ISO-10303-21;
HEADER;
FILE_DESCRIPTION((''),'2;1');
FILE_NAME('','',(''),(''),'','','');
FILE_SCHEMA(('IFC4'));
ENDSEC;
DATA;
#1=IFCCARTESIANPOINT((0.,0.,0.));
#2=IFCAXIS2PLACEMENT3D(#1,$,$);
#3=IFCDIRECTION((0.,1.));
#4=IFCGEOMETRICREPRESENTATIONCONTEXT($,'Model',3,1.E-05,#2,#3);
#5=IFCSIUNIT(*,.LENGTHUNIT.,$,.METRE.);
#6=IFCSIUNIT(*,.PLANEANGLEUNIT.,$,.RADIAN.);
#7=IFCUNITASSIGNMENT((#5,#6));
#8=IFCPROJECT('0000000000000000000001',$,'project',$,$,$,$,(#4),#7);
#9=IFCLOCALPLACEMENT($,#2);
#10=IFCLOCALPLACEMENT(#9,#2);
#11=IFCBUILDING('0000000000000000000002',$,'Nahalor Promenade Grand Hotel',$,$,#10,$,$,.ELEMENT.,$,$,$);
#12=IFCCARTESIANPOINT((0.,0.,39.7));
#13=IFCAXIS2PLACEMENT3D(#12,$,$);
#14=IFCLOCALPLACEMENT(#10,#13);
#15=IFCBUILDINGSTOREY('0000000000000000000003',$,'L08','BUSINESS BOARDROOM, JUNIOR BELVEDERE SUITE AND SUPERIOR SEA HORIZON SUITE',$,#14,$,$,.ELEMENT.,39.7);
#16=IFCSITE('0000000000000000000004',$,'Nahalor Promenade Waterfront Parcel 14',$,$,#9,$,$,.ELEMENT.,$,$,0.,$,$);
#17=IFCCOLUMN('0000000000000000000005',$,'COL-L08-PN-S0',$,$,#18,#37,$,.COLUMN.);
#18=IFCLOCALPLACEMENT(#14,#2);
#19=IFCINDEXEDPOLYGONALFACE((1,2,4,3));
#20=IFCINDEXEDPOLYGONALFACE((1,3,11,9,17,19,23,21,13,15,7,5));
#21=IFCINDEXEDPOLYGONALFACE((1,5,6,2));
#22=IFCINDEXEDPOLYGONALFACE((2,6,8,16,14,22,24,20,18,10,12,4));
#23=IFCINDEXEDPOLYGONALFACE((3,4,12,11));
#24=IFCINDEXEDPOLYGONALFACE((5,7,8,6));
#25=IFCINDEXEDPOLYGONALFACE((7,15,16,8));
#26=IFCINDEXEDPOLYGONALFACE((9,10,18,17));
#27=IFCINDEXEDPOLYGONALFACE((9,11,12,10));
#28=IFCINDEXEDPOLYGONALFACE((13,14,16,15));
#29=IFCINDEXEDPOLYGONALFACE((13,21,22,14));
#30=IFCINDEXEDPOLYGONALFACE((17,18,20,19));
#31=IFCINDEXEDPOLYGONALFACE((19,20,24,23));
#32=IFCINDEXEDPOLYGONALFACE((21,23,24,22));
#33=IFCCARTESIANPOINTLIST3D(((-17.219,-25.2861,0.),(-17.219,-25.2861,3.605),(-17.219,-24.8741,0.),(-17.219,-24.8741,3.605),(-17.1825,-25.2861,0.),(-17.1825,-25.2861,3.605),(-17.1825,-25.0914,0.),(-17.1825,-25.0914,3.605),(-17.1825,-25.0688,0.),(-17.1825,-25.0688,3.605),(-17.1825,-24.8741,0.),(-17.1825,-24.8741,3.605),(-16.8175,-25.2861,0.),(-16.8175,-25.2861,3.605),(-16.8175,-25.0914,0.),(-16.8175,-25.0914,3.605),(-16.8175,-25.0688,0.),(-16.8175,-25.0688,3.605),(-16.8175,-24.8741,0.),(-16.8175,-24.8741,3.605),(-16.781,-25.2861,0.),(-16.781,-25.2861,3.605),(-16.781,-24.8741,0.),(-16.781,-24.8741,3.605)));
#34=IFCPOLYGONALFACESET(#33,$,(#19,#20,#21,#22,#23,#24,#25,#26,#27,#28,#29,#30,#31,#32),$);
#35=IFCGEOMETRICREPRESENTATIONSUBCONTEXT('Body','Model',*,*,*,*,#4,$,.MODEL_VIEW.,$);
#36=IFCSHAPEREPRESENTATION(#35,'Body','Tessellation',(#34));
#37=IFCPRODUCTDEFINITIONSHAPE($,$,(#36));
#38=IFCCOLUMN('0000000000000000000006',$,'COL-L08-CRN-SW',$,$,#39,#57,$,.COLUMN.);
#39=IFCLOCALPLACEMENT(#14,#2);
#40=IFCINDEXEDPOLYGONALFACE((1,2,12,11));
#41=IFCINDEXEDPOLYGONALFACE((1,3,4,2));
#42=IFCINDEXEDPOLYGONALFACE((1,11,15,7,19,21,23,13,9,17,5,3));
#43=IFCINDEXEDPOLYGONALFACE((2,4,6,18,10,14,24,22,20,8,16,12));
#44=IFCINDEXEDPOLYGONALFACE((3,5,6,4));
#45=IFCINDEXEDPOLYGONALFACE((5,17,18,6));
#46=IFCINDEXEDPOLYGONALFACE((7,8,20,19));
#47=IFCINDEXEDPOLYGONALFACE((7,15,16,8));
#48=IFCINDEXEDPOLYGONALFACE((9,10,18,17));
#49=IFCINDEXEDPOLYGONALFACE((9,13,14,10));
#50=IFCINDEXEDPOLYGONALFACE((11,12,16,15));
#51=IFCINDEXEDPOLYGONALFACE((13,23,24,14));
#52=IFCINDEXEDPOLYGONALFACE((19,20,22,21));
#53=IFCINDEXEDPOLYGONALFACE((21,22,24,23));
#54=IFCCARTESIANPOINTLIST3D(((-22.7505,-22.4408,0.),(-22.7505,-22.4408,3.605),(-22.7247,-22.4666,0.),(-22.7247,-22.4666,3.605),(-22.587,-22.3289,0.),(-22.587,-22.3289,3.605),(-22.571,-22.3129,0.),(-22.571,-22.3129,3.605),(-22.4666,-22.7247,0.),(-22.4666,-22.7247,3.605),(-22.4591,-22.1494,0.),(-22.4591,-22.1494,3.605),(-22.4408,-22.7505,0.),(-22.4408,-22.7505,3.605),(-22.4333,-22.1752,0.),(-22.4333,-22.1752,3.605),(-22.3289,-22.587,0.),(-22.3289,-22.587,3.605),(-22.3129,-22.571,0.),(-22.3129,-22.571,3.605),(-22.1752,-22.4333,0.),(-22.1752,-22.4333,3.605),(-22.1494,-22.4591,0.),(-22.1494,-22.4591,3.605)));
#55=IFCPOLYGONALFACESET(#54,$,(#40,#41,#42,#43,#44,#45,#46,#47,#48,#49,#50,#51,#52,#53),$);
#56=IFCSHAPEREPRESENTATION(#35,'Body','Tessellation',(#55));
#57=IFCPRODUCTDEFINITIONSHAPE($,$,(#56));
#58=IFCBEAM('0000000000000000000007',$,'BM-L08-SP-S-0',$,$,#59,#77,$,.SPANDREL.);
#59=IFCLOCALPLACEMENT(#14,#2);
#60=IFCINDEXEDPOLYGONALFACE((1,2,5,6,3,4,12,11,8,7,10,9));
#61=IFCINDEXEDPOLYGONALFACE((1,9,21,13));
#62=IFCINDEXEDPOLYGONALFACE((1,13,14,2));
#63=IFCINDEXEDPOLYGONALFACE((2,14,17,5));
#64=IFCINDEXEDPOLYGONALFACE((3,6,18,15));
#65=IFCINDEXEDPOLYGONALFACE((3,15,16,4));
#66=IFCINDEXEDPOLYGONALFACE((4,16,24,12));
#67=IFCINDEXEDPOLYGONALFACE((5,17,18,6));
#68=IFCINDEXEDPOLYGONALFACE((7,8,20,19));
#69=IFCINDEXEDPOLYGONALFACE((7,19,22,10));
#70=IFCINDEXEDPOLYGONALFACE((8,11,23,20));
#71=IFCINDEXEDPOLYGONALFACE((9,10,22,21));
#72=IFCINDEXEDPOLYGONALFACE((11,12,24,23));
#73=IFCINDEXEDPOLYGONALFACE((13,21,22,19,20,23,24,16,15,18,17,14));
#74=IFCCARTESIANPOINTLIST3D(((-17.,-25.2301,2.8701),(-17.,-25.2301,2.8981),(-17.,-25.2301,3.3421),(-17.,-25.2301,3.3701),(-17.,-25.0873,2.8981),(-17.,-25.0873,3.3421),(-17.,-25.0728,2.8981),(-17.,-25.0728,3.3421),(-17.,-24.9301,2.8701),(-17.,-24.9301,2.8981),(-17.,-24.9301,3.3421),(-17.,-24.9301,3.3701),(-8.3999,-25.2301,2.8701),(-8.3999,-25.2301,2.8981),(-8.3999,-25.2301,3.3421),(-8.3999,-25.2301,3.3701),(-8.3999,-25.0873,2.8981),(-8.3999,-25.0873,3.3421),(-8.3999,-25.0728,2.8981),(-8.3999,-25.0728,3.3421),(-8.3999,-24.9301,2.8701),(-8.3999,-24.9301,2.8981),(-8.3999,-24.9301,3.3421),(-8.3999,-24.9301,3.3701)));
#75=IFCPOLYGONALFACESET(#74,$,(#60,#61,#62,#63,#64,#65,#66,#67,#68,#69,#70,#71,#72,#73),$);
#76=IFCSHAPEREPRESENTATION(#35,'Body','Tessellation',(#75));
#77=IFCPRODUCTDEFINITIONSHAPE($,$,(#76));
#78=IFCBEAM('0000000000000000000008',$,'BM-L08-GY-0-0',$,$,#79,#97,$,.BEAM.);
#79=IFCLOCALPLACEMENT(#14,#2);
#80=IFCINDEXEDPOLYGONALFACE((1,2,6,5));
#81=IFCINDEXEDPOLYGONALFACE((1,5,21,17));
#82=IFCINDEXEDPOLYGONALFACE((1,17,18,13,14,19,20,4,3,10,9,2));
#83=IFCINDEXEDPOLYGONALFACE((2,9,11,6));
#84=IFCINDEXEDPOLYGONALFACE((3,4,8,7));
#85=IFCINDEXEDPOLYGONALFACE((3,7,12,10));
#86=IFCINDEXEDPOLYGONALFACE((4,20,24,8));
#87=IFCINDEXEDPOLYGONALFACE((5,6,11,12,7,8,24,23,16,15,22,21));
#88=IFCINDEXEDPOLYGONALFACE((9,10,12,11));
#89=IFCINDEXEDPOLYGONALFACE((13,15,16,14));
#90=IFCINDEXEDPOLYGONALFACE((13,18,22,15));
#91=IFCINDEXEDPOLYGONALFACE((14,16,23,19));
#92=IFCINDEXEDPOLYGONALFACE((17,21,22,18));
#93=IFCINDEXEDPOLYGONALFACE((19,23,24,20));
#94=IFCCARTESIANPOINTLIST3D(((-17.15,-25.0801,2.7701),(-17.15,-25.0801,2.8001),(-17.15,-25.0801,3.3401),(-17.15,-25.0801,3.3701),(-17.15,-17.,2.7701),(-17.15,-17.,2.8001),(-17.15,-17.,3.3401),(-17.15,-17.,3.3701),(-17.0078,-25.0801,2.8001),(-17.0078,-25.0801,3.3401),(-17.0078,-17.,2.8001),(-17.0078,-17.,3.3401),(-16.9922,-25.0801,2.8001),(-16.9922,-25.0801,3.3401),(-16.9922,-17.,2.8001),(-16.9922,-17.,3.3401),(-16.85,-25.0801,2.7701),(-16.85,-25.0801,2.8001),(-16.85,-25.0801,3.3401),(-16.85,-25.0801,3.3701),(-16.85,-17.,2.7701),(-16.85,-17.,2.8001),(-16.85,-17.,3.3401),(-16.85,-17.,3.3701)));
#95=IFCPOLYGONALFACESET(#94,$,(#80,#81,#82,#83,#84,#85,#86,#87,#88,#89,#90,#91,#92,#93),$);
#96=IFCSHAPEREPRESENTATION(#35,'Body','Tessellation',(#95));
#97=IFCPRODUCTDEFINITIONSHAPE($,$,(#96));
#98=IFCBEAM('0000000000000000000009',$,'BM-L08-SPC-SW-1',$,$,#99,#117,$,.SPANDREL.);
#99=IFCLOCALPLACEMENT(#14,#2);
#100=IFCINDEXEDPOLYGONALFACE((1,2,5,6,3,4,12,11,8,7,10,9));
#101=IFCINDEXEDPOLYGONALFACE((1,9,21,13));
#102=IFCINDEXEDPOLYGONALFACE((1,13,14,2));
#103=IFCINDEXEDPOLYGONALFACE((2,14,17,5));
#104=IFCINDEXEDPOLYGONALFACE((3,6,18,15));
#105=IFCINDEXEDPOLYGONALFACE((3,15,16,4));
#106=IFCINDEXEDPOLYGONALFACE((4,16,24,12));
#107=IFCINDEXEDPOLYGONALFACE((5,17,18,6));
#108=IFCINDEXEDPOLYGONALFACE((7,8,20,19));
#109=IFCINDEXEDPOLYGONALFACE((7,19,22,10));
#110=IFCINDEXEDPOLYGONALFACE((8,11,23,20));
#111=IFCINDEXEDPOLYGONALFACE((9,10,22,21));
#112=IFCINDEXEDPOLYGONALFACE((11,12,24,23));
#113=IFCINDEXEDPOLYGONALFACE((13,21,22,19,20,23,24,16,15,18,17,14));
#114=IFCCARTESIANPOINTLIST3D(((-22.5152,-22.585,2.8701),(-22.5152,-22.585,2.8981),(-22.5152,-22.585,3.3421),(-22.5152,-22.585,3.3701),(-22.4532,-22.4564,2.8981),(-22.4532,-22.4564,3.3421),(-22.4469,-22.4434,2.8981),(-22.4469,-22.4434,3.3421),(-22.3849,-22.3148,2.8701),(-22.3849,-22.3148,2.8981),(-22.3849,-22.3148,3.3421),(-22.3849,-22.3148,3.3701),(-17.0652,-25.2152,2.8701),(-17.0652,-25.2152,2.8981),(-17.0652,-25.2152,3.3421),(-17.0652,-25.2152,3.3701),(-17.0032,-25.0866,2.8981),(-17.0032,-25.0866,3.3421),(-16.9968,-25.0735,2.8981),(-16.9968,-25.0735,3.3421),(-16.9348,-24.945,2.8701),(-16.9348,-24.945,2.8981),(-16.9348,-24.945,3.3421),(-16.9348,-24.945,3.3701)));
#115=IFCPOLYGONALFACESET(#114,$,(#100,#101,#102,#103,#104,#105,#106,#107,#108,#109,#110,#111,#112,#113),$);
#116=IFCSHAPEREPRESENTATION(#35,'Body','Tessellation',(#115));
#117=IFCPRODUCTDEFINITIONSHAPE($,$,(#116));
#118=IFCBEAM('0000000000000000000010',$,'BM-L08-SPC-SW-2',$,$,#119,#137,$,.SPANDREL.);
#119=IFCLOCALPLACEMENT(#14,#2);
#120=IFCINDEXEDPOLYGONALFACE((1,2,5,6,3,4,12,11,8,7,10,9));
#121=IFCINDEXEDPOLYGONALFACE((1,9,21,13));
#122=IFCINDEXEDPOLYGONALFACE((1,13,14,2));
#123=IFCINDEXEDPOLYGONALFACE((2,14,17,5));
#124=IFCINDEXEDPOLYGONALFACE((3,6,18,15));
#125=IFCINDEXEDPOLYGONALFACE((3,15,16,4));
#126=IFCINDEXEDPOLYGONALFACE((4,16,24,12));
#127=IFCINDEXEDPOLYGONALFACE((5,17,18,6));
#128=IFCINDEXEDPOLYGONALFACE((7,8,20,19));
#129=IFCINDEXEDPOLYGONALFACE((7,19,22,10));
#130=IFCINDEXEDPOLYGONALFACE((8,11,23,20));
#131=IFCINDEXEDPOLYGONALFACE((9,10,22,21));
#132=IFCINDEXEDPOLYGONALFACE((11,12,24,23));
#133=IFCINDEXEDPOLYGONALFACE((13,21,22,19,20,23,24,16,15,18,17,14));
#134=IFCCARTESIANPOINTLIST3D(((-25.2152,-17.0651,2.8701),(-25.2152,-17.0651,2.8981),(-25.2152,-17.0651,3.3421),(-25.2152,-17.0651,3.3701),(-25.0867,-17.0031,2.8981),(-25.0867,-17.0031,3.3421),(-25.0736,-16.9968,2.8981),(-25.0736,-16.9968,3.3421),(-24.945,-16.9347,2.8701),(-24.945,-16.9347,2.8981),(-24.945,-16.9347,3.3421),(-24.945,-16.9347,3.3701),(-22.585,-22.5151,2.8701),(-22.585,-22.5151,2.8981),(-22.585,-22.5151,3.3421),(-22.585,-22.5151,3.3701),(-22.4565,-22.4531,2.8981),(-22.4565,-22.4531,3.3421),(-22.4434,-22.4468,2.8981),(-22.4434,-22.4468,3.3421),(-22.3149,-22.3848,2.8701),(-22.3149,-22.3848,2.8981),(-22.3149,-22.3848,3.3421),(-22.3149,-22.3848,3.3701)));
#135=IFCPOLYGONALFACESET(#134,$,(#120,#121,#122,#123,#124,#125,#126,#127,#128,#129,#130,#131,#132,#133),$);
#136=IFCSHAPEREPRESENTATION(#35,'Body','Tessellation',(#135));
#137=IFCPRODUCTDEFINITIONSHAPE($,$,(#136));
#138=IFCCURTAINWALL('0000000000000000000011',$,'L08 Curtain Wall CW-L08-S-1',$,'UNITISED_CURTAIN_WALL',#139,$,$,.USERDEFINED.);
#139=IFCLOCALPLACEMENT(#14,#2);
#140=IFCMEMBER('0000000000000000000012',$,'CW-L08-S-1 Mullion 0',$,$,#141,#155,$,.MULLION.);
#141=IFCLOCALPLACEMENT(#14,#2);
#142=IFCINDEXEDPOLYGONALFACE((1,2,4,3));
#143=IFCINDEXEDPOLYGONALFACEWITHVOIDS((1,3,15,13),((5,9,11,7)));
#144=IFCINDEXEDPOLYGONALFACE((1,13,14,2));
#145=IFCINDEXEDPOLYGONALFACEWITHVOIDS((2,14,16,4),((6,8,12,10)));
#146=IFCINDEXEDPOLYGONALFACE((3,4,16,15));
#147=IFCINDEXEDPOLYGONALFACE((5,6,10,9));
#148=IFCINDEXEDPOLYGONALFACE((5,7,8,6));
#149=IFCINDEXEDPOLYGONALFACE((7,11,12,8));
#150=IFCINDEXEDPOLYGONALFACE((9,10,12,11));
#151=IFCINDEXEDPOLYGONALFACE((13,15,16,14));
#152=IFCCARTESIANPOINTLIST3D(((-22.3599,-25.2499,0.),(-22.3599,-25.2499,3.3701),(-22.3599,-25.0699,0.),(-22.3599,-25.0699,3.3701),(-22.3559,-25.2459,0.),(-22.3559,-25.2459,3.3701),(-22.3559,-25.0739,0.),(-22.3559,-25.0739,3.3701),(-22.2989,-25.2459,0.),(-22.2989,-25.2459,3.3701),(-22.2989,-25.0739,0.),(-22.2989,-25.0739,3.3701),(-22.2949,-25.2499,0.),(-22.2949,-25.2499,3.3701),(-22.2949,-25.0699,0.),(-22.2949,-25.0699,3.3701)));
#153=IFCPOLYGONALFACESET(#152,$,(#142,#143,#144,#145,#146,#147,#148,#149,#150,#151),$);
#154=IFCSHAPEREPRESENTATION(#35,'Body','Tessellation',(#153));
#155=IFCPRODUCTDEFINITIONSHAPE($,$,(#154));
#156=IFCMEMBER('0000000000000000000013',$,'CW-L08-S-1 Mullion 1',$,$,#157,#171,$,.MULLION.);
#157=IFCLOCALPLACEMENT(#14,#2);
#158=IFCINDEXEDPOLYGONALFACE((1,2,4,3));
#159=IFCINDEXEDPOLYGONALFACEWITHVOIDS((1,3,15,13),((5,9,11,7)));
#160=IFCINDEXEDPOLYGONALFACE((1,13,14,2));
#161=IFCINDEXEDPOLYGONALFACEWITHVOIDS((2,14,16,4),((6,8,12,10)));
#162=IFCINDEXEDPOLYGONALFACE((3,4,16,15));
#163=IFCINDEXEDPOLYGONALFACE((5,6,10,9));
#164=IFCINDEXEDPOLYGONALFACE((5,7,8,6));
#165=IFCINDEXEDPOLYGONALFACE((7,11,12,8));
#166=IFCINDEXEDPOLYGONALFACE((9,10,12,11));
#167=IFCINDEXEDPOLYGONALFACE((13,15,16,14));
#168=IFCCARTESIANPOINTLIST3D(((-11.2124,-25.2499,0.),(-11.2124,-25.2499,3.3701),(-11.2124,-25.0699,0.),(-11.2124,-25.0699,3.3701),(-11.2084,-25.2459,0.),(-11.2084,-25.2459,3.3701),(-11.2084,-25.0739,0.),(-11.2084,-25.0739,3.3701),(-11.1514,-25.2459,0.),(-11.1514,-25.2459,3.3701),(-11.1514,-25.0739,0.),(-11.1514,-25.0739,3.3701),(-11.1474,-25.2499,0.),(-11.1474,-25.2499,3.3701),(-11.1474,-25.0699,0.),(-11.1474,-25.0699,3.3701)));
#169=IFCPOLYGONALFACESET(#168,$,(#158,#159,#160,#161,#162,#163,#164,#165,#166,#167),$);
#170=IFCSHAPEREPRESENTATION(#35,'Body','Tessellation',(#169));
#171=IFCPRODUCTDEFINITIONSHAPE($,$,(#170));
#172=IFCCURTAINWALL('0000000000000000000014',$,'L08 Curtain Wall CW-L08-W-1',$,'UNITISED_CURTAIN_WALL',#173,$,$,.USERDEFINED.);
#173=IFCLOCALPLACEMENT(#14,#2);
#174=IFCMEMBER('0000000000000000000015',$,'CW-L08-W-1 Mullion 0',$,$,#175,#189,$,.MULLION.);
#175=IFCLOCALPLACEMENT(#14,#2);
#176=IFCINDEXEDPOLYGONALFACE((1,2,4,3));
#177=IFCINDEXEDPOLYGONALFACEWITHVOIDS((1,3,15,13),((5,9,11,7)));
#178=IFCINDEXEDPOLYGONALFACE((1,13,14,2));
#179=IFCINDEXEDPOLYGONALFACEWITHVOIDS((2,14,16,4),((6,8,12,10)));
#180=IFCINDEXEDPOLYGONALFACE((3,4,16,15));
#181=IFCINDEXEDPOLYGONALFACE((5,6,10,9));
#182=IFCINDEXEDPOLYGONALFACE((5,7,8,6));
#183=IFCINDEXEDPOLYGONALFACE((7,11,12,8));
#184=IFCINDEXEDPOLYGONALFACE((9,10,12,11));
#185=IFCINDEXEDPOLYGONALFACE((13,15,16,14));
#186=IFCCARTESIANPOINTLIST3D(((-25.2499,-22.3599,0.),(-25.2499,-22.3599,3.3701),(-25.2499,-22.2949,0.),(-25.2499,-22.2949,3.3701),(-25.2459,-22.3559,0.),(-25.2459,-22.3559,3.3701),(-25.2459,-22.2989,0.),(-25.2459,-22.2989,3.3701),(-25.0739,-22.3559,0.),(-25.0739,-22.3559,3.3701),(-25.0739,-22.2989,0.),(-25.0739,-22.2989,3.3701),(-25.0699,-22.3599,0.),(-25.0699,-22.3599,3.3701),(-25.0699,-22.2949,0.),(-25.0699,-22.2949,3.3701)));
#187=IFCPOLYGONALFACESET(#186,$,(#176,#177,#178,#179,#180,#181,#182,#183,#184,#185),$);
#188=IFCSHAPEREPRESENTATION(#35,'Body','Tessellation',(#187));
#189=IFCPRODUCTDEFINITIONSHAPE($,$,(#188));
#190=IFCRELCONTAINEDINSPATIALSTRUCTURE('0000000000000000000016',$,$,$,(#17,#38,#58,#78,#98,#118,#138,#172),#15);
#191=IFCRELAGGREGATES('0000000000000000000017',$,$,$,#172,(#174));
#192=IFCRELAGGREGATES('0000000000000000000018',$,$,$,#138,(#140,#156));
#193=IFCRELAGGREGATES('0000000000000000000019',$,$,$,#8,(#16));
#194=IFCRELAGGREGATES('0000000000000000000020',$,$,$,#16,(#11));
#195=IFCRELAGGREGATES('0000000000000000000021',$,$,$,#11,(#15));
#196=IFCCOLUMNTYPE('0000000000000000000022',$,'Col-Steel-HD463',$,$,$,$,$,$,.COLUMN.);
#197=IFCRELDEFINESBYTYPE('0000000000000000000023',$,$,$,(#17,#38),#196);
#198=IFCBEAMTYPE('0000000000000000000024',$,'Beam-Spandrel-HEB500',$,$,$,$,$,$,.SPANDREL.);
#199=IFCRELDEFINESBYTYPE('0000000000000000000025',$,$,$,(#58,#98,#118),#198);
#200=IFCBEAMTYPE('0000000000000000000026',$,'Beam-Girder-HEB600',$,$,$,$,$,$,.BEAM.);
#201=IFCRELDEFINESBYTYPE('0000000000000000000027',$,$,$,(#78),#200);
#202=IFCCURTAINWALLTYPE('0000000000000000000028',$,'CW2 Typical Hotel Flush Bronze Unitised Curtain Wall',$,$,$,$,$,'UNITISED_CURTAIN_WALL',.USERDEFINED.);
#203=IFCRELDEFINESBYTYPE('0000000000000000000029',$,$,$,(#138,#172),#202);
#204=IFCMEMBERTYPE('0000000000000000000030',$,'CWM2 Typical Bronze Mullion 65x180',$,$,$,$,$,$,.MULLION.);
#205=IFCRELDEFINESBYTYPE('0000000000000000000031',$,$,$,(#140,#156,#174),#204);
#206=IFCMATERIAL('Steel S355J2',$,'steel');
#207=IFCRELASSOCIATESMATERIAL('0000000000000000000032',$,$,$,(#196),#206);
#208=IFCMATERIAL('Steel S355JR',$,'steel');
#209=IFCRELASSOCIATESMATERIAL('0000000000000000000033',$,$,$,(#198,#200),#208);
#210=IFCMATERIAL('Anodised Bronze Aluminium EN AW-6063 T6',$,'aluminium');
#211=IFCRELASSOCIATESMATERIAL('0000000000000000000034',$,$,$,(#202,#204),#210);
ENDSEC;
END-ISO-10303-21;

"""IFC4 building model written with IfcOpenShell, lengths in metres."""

from ifc_helpers import new_model, si_unit, direction, frame, origin, origin_2d, place, context, subcontext, project, spatial, hollow_rectangle, i_section, extrude, source, transform, mapped, material, material_profile, profile_set, type_object, element, aggregate, save


model = new_model("IFC4")

# Units and contexts
model_context = context("Model", 3, precision=1e-05, world=origin(), true_north=direction((0.0, 1.0)))
body_context = subcontext(model_context, "Body", "Model", "MODEL_VIEW")
ifc_project = project(units=[si_unit("LENGTHUNIT", "METRE"), si_unit("PLANEANGLEUNIT", "RADIAN")], contexts=[model_context])

# Site, building, storey
site_placement = place(None, origin())
site = spatial("IfcSite", under=ifc_project, at=site_placement, Name="Nahalor Promenade Waterfront Parcel 14", CompositionType="ELEMENT", RefElevation=0.0)
building_placement = place(site_placement, origin())
building = spatial("IfcBuilding", under=site, at=building_placement, Name="Nahalor Promenade Grand Hotel", CompositionType="ELEMENT")
storey_placement = place(building_placement, frame((0.0, 0.0, 39.7)))
storey = spatial("IfcBuildingStorey", under=building, at=storey_placement, Name="L08", Description="BUSINESS BOARDROOM, JUNIOR BELVEDERE SUITE AND SUPERIOR SEA HORIZON SUITE", CompositionType="ELEMENT", Elevation=39.7)

# Columns
ifc_material_1 = material(Name="Steel S355J2", Category="steel")
ifc_material_profile_1 = material_profile(ifc_material_1, i_section(OverallWidth=0.412, OverallDepth=0.438, WebThickness=0.0226, FlangeThickness=0.0365, at=origin_2d()), Name="HD 400x463")
ifc_profile_set_1 = profile_set([ifc_material_profile_1], Name="Steel S355J2")
column_type = type_object("IfcColumnType", Name="Col-Steel-HD463", PredefinedType="COLUMN", material=ifc_profile_set_1)
shared_shape_1 = source(origin(), body_context, "Body", "SweptSolid", [
    extrude(i_section(OverallWidth=0.412, OverallDepth=0.438, WebThickness=0.0226, FlangeThickness=0.0365, at=origin_2d()), origin(), (0.0, 0.0, 1.0), 3.605),
])
for number, where, z_axis, x_axis, name in (
    (1, (-17.0, -25.0801, 0.0), (0.0, 0.0, 1.0), (0.0, 1.0, 0.0), "COL-L08-PN-S0"),
    (2, (-22.45, -22.45, 0.0), (0.0, 0.0, 1.0), (0.707107, 0.707107, 0.0), "COL-L08-CRN-SW"),
):
    element("IfcColumn", number, at=place(storey_placement, frame(where, z_axis=z_axis, x_axis=x_axis)), inside=storey, type_object=column_type, Name=name, PredefinedType="COLUMN", context=body_context, shape_type="MappedRepresentation", body=[
        mapped(shared_shape_1, transform((0.0, 0.0, 0.0), scale=1.0)),
    ])

# Beams
ifc_material_2 = material(Name="Steel S355JR", Category="steel")
ifc_material_profile_2 = material_profile(ifc_material_2, i_section(OverallWidth=0.3, OverallDepth=0.5, WebThickness=0.0145, FlangeThickness=0.028, at=origin_2d()), Name="HEB 500")
ifc_profile_set_2 = profile_set([ifc_material_profile_2], Name="Steel S355JR")
beam_type_1 = type_object("IfcBeamType", Name="Beam-Spandrel-HEB500", PredefinedType="SPANDREL", material=ifc_profile_set_2)
shared_shape_2 = source(origin(), body_context, "Body", "SweptSolid", [
    extrude(i_section(OverallWidth=0.3, OverallDepth=0.5, WebThickness=0.0145, FlangeThickness=0.028, at=origin_2d()), origin(), (0.0, 0.0, 1.0), 8.6001),
])
beam_1_placement = place(storey_placement, frame((-17.0, -25.0801, 3.1201), z_axis=(1.0, 0.0, 0.0), x_axis=(0.0, 1.0, 0.0)))
element("IfcBeam", 3, at=beam_1_placement, inside=storey, type_object=beam_type_1, Name="BM-L08-SP-S-0", PredefinedType="SPANDREL", context=body_context, shape_type="MappedRepresentation", body=[
    mapped(shared_shape_2, transform((0.0, 0.0, 0.0), scale=1.0)),
])
ifc_material_profile_3 = material_profile(ifc_material_2, i_section(OverallWidth=0.3, OverallDepth=0.6, WebThickness=0.0155, FlangeThickness=0.03, at=origin_2d()), Name="HEB 600")
ifc_profile_set_3 = profile_set([ifc_material_profile_3], Name="Steel S355JR")
beam_type_2 = type_object("IfcBeamType", Name="Beam-Girder-HEB600", PredefinedType="BEAM", material=ifc_profile_set_3)
shared_shape_3 = source(origin(), body_context, "Body", "SweptSolid", [
    extrude(i_section(OverallWidth=0.3, OverallDepth=0.6, WebThickness=0.0155, FlangeThickness=0.03, at=origin_2d()), origin(), (0.0, 0.0, 1.0), 8.0801),
])
beam_2_placement = place(storey_placement, frame((-17.0, -25.0801, 3.0701), z_axis=(0.0, 1.0, 0.0), x_axis=(-1.0, 0.0, 0.0)))
element("IfcBeam", 4, at=beam_2_placement, inside=storey, type_object=beam_type_2, Name="BM-L08-GY-0-0", PredefinedType="BEAM", context=body_context, shape_type="MappedRepresentation", body=[
    mapped(shared_shape_3, transform((0.0, 0.0, 0.0), scale=1.0)),
])
shared_shape_4 = source(origin(), body_context, "Body", "SweptSolid", [
    extrude(i_section(OverallWidth=0.3, OverallDepth=0.5, WebThickness=0.0145, FlangeThickness=0.028, at=origin_2d()), origin(), (0.0, 0.0, 1.0), 6.0515),
])
for number, where, z_axis, x_axis, name in (
    (5, (-17.0, -25.0801, 3.1201), (-0.900609, 0.434631, 0.0), (-0.434631, -0.900609, 0.0), "BM-L08-SPC-SW-1"),
    (6, (-22.45, -22.45, 3.1201), (-0.434631, 0.900609, 0.0), (-0.900609, -0.434631, 0.0), "BM-L08-SPC-SW-2"),
):
    element("IfcBeam", number, at=place(storey_placement, frame(where, z_axis=z_axis, x_axis=x_axis)), inside=storey, type_object=beam_type_1, Name=name, PredefinedType="SPANDREL", context=body_context, shape_type="MappedRepresentation", body=[
        mapped(shared_shape_4, transform((0.0, 0.0, 0.0), scale=1.0)),
    ])

# Curtain wall, members
ifc_material_3 = material(Name="Anodised Bronze Aluminium EN AW-6063 T6", Category="aluminium")
curtain_wall_type = type_object("IfcCurtainWallType", Name="CW2 Typical Hotel Flush Bronze Unitised Curtain Wall", ElementType="UNITISED_CURTAIN_WALL", PredefinedType="USERDEFINED", material=ifc_material_3)
curtain_wall_1_placement = place(storey_placement, origin())
curtain_wall_1 = element("IfcCurtainWall", 7, at=curtain_wall_1_placement, inside=storey, type_object=curtain_wall_type, Name="L08 Curtain Wall CW-L08-S-1", ObjectType="UNITISED_CURTAIN_WALL", PredefinedType="USERDEFINED")
ifc_material_profile_4 = material_profile(ifc_material_3, hollow_rectangle(XDim=0.065, YDim=0.18, WallThickness=0.004, at=origin_2d()), Name="CWM 65x180x4")
ifc_profile_set_4 = profile_set([ifc_material_profile_4], Name="Anodised Bronze Aluminium EN AW-6063 T6")
member_type_1 = type_object("IfcMemberType", Name="CWM2 Typical Bronze Mullion 65x180", PredefinedType="MULLION", material=ifc_profile_set_4)
shared_shape_5 = source(origin(), body_context, "Body", "SweptSolid", [
    extrude(hollow_rectangle(XDim=0.065, YDim=0.18, WallThickness=0.004, at=origin_2d()), origin(), (0.0, 0.0, 1.0), 3.3701),
])
member_1_placement = place(storey_placement, frame((-22.3274, -25.1599, 0.0), z_axis=(0.0, 0.0, 1.0), x_axis=(1.0, 0.0, 0.0)))
member_1 = element("IfcMember", 8, at=member_1_placement, type_object=member_type_1, Name="CW-L08-S-1 Mullion 0", PredefinedType="MULLION", context=body_context, shape_type="MappedRepresentation", body=[
    mapped(shared_shape_5, transform((0.0, 0.0, 0.0), scale=1.0)),
])
member_2_placement = place(storey_placement, frame((-11.1799, -25.1599, 0.0), z_axis=(0.0, 0.0, 1.0), x_axis=(1.0, 0.0, 0.0)))
member_2 = element("IfcMember", 9, at=member_2_placement, type_object=member_type_1, Name="CW-L08-S-1 Mullion 1", PredefinedType="MULLION", context=body_context, shape_type="MappedRepresentation", body=[
    mapped(shared_shape_5, transform((0.0, 0.0, 0.0), scale=1.0)),
])

# Curtain wall, member
curtain_wall_2_placement = place(storey_placement, origin())
curtain_wall_2 = element("IfcCurtainWall", 10, at=curtain_wall_2_placement, inside=storey, type_object=curtain_wall_type, Name="L08 Curtain Wall CW-L08-W-1", ObjectType="UNITISED_CURTAIN_WALL", PredefinedType="USERDEFINED")
member_3_placement = place(storey_placement, frame((-25.1599, -22.3274, 0.0), z_axis=(0.0, 0.0, 1.0), x_axis=(0.0, 1.0, 0.0)))
member_3 = element("IfcMember", 11, at=member_3_placement, type_object=member_type_1, Name="CW-L08-W-1 Mullion 0", PredefinedType="MULLION", context=body_context, shape_type="MappedRepresentation", body=[
    mapped(shared_shape_5, transform((0.0, 0.0, 0.0), scale=1.0)),
])

aggregate(curtain_wall_2, [member_3])

aggregate(curtain_wall_1, [member_1, member_2])

save(model, "model.ifc")
